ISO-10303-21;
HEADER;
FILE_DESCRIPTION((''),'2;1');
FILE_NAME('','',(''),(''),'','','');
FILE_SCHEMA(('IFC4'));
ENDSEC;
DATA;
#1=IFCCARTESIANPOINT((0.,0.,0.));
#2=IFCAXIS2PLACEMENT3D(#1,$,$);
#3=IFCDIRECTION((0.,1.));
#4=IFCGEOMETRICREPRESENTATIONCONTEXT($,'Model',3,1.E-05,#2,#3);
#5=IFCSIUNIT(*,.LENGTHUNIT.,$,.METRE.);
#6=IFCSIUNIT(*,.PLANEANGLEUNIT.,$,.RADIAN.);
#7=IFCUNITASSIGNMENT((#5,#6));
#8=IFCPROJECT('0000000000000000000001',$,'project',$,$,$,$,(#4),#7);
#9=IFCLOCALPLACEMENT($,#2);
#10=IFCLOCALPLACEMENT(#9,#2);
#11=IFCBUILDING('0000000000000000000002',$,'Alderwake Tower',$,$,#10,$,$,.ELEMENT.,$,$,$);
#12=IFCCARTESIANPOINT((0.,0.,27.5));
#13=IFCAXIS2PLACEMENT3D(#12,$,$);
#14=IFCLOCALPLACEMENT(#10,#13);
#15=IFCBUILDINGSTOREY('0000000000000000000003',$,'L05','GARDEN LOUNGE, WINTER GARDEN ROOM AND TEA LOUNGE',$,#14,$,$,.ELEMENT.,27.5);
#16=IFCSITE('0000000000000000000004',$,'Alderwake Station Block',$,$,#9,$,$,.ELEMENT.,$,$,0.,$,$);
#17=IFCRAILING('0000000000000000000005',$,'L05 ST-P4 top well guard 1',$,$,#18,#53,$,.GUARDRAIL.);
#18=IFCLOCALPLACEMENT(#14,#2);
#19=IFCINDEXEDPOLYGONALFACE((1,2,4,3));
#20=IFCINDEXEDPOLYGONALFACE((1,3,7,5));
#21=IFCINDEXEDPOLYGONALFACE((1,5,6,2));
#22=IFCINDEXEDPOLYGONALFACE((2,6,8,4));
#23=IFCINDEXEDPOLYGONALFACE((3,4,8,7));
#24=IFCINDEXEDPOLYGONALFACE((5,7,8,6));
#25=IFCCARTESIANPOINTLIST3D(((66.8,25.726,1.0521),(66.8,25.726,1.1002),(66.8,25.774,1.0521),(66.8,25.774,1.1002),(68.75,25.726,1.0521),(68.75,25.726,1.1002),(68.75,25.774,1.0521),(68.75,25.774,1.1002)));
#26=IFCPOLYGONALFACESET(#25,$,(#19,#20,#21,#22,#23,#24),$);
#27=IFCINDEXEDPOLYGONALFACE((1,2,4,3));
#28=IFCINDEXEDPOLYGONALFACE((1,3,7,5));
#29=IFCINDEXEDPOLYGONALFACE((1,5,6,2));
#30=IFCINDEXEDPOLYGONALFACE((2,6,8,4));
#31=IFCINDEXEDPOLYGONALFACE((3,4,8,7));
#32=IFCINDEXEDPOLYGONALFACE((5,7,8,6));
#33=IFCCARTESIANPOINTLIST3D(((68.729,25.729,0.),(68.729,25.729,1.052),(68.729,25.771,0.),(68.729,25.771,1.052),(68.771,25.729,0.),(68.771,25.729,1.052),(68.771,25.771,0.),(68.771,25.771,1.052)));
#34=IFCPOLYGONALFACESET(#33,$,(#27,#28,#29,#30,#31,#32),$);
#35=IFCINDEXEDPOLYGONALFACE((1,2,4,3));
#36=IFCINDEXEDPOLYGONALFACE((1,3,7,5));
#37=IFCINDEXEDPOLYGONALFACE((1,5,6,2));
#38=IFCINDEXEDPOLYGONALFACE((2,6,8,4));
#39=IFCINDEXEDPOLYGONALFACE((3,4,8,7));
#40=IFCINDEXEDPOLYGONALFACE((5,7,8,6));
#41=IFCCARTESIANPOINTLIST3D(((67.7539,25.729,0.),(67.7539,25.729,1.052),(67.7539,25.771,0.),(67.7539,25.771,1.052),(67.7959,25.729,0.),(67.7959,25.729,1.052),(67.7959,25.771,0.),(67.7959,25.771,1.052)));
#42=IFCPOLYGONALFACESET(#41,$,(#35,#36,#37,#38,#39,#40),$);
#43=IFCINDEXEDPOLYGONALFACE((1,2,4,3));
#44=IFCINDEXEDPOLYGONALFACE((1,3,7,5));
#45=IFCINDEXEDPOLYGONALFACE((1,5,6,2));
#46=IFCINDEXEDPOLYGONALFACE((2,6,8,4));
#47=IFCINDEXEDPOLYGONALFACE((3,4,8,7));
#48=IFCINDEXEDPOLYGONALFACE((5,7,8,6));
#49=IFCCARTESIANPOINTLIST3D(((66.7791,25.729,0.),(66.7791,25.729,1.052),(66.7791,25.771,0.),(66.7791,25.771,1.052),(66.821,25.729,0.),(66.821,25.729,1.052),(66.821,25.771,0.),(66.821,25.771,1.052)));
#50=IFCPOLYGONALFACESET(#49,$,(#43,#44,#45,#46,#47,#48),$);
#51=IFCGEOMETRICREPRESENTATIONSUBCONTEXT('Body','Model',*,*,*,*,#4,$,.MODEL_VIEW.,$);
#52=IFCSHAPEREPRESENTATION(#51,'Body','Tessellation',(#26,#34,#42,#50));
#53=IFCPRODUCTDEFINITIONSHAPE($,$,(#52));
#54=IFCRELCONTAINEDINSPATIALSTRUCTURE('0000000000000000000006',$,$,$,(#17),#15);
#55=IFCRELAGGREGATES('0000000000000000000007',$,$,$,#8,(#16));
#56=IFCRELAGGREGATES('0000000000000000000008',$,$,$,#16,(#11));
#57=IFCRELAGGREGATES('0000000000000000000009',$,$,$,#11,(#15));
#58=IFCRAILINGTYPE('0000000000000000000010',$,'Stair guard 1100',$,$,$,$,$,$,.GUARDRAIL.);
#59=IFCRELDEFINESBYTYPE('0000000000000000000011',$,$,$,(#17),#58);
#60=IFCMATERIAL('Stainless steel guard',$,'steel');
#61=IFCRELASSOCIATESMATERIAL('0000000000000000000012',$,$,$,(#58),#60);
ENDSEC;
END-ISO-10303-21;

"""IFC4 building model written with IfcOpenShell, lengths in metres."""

from ifc_helpers import new_model, si_unit, direction, frame, origin, origin_2d, place, context, subcontext, project, spatial, rectangle, extrude, material, type_object, element, save


model = new_model("IFC4")

# Units and contexts
model_context = context("Model", 3, precision=1e-05, world=origin(), true_north=direction((0.0, 1.0)))
body_context = subcontext(model_context, "Body", "Model", "MODEL_VIEW")
ifc_project = project(units=[si_unit("LENGTHUNIT", "METRE"), si_unit("PLANEANGLEUNIT", "RADIAN")], contexts=[model_context])

# Site, building, storey
site_placement = place(None, origin())
site = spatial("IfcSite", under=ifc_project, at=site_placement, Name="Alderwake Station Block", CompositionType="ELEMENT", RefElevation=0.0)
building_placement = place(site_placement, origin())
building = spatial("IfcBuilding", under=site, at=building_placement, Name="Alderwake Tower", CompositionType="ELEMENT")
storey_placement = place(building_placement, frame((0.0, 0.0, 27.5)))
storey = spatial("IfcBuildingStorey", under=building, at=storey_placement, Name="L05", Description="GARDEN LOUNGE, WINTER GARDEN ROOM AND TEA LOUNGE", CompositionType="ELEMENT", Elevation=27.5)

# Railing
ifc_material_1 = material(Name="Stainless steel guard", Category="steel")
railing_type = type_object("IfcRailingType", Name="Stair guard 1100", PredefinedType="GUARDRAIL", material=ifc_material_1)
railing_placement = place(storey_placement, frame((68.75, 25.75, 0.0)))
element("IfcRailing", 1, at=railing_placement, inside=storey, type_object=railing_type, Name="L05 ST-P4 top well guard 1", PredefinedType="GUARDRAIL", context=body_context, shape_type="SweptSolid", body=[
    extrude(rectangle(XDim=0.0481, YDim=0.0481, at=origin_2d()), frame((0.0, 0.0, 1.0762), z_axis=(-1.0, 0.0, 0.0), x_axis=(0.0, -1.0, 0.0)), (0.0, 0.0, 1.0), 1.95),
    extrude(rectangle(XDim=0.042, YDim=0.042, at=origin_2d()), frame((0.0, 0.0, 0.0), z_axis=(0.0, 0.0, 1.0), x_axis=(-1.0, 0.0, 0.0)), (0.0, 0.0, 1.0), 1.052),
    extrude(rectangle(XDim=0.042, YDim=0.042, at=origin_2d()), frame((-0.9751, 0.0, 0.0), z_axis=(0.0, 0.0, 1.0), x_axis=(-1.0, 0.0, 0.0)), (0.0, 0.0, 1.0), 1.052),
    extrude(rectangle(XDim=0.042, YDim=0.042, at=origin_2d()), frame((-1.95, 0.0, 0.0), z_axis=(0.0, 0.0, 1.0), x_axis=(-1.0, 0.0, 0.0)), (0.0, 0.0, 1.0), 1.052),
])

save(model, "model.ifc")
